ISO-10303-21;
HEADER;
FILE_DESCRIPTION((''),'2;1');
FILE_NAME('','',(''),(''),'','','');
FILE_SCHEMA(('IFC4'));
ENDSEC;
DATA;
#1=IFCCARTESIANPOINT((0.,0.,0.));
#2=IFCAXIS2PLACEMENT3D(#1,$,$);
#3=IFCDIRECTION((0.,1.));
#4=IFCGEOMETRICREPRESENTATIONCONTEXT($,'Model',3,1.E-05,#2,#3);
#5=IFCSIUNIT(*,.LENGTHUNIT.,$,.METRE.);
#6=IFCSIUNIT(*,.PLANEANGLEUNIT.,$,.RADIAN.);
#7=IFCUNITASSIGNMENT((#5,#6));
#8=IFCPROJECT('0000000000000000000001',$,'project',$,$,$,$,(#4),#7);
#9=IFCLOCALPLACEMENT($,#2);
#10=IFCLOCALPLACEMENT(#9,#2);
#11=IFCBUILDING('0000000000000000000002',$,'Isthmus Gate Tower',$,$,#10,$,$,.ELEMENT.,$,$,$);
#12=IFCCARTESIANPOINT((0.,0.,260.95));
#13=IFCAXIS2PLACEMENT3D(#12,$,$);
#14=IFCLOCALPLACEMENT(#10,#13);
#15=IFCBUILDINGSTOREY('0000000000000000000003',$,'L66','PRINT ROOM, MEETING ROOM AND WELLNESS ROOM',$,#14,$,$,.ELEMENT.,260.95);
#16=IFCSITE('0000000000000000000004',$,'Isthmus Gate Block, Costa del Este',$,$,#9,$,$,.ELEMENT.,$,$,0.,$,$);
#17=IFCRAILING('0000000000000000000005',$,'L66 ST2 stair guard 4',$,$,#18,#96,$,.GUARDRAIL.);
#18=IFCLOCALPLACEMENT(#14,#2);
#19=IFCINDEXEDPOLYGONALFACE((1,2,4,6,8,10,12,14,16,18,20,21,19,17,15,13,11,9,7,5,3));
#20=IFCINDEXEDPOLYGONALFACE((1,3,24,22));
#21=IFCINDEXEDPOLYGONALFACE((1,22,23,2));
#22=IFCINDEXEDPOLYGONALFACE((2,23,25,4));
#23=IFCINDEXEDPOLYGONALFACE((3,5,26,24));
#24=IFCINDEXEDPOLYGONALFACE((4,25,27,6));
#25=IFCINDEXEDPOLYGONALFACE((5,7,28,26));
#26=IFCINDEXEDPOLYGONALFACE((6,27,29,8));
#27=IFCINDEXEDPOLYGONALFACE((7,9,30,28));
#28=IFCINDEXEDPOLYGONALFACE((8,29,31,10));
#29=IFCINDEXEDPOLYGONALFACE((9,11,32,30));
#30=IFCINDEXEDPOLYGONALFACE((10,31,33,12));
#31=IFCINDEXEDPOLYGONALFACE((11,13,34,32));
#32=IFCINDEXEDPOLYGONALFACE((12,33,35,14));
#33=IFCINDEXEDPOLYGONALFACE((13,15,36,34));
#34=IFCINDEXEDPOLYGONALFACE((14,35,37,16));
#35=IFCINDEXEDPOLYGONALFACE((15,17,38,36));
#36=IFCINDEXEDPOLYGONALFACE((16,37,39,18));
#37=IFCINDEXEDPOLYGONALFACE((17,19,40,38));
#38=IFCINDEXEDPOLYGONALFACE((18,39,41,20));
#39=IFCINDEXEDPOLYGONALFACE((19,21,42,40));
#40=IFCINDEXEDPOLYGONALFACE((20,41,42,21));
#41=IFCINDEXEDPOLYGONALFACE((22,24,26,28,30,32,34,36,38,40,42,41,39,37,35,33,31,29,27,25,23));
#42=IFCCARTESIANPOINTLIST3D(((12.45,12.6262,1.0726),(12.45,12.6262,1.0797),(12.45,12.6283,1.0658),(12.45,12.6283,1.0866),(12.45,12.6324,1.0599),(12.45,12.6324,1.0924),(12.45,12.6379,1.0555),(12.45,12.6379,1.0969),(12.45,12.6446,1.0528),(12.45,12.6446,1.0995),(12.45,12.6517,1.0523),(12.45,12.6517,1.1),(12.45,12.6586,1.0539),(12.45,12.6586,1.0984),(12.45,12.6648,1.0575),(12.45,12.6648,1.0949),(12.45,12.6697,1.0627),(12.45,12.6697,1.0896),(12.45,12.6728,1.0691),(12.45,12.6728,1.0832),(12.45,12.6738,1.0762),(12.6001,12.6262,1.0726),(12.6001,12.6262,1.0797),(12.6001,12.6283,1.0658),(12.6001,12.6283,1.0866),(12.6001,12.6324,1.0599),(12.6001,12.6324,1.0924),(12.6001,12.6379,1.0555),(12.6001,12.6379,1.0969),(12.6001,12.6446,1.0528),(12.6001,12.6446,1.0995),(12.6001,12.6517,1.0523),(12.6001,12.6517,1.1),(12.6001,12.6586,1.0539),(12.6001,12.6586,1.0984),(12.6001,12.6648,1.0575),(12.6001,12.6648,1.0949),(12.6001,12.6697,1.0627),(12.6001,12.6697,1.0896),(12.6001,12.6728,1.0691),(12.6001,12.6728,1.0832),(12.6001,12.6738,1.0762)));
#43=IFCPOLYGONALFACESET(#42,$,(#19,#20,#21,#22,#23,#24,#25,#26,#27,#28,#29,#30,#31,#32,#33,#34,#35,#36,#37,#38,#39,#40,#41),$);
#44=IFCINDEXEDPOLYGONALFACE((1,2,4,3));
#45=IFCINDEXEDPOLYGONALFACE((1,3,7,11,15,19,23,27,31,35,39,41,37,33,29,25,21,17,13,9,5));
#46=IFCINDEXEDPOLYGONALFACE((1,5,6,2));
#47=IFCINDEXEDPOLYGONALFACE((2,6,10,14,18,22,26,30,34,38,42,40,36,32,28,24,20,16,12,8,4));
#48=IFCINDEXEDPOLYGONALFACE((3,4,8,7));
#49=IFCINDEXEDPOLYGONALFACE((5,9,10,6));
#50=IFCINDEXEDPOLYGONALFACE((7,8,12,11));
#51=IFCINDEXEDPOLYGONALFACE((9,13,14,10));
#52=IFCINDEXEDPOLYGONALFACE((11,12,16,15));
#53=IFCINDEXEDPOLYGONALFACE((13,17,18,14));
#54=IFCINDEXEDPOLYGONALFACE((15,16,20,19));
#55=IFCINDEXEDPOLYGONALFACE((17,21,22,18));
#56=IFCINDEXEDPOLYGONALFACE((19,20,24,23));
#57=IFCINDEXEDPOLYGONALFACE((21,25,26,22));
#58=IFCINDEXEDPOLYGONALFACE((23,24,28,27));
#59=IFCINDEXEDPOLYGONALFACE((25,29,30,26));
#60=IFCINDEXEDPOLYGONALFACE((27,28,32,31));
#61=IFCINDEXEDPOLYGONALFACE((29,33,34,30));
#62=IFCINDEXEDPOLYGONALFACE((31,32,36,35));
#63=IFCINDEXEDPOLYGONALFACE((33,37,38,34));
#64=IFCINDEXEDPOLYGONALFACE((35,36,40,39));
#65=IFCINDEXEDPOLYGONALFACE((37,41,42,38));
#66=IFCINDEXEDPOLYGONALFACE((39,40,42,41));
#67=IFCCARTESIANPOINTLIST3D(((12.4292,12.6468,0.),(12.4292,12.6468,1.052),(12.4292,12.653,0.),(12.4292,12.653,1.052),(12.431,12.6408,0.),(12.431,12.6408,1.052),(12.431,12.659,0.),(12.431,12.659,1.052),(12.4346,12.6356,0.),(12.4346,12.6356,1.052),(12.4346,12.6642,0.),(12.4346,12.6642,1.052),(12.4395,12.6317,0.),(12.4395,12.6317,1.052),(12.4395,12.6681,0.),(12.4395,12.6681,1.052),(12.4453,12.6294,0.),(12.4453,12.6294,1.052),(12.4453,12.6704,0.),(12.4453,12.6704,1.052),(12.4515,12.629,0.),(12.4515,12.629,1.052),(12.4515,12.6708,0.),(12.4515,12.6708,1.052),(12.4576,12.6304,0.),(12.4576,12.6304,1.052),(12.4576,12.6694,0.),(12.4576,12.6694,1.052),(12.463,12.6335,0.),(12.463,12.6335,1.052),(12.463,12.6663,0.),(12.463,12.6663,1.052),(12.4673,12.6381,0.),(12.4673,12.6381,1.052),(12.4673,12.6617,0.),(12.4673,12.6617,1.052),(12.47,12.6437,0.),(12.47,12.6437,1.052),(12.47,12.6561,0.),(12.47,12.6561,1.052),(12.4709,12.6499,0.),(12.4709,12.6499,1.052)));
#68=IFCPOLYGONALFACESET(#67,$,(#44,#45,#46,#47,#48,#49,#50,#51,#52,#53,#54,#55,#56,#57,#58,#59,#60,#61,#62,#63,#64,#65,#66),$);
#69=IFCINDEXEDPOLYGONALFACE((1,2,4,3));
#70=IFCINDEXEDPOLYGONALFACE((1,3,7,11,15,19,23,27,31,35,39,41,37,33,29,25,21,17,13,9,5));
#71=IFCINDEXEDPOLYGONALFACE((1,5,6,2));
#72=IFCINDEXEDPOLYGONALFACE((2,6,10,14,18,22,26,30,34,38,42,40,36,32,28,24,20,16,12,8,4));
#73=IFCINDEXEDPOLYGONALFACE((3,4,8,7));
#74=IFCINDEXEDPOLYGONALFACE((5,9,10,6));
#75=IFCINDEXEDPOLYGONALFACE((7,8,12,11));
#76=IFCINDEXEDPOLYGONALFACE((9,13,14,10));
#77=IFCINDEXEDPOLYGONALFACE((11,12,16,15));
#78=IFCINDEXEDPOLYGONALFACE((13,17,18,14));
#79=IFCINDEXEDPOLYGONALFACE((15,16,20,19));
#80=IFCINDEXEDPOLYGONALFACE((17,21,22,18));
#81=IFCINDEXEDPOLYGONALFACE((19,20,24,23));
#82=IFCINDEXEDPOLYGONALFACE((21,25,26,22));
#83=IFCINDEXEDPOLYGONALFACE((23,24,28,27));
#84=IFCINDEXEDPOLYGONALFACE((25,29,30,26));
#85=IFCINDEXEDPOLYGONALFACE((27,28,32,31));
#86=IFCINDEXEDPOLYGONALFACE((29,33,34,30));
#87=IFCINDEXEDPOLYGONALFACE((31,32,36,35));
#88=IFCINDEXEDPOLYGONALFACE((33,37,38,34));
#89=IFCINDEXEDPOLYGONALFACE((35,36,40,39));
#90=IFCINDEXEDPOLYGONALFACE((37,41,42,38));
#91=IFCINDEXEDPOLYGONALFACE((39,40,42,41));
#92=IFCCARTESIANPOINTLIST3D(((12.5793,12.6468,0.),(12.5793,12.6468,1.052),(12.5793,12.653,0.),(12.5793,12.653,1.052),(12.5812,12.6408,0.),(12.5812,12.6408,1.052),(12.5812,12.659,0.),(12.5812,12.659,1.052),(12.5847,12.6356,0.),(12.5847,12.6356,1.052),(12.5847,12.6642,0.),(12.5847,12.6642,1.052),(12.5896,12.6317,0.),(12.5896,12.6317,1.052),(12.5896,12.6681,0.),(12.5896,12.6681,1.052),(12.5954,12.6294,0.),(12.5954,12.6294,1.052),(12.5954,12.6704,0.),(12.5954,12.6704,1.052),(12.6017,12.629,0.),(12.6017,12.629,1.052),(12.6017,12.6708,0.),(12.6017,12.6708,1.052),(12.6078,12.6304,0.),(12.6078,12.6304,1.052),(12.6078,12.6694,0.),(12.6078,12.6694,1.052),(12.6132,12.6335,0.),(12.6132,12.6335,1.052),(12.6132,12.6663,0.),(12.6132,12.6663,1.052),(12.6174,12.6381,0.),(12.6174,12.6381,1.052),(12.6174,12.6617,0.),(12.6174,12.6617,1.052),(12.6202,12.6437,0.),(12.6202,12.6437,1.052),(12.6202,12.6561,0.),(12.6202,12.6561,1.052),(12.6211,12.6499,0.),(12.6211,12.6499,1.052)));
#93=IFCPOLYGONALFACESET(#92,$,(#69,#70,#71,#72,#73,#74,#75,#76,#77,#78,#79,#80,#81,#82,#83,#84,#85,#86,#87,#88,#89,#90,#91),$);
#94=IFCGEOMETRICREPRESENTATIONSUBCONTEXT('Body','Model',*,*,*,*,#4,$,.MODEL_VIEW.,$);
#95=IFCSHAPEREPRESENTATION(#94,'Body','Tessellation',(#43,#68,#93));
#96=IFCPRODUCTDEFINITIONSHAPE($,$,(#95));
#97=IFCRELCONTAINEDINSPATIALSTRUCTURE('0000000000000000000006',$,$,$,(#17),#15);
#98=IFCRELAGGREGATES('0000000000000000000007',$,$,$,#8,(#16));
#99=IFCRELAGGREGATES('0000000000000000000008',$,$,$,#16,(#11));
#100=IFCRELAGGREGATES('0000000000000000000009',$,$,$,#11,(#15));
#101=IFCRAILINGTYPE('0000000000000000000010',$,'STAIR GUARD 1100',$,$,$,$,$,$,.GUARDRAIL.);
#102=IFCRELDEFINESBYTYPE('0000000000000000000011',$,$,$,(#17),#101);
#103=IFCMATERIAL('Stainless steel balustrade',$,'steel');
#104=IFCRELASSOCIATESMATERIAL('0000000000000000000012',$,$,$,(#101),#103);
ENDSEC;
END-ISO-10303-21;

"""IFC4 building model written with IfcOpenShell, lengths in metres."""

from ifc_helpers import new_model, si_unit, direction, frame, origin, origin_2d, place, context, subcontext, project, spatial, circle, extrude, material, type_object, element, save


model = new_model("IFC4")

# Units and contexts
model_context = context("Model", 3, precision=1e-05, world=origin(), true_north=direction((0.0, 1.0)))
body_context = subcontext(model_context, "Body", "Model", "MODEL_VIEW")
ifc_project = project(units=[si_unit("LENGTHUNIT", "METRE"), si_unit("PLANEANGLEUNIT", "RADIAN")], contexts=[model_context])

# Site, building, storey
site_placement = place(None, origin())
site = spatial("IfcSite", under=ifc_project, at=site_placement, Name="Isthmus Gate Block, Costa del Este", CompositionType="ELEMENT", RefElevation=0.0)
building_placement = place(site_placement, origin())
building = spatial("IfcBuilding", under=site, at=building_placement, Name="Isthmus Gate Tower", CompositionType="ELEMENT")
storey_placement = place(building_placement, frame((0.0, 0.0, 260.95)))
storey = spatial("IfcBuildingStorey", under=building, at=storey_placement, Name="L66", Description="PRINT ROOM, MEETING ROOM AND WELLNESS ROOM", CompositionType="ELEMENT", Elevation=260.95)

# Railing
ifc_material_1 = material(Name="Stainless steel balustrade", Category="steel")
railing_type_1 = type_object("IfcRailingType", Name="STAIR GUARD 1100", PredefinedType="GUARDRAIL", material=ifc_material_1)
railing_1_placement = place(storey_placement, frame((12.45, 12.6499, 0.0)))
element("IfcRailing", 1, at=railing_1_placement, inside=storey, type_object=railing_type_1, Name="L66 ST2 stair guard 4", PredefinedType="GUARDRAIL", context=body_context, shape_type="SweptSolid", body=[
    extrude(circle(Radius=0.0239, at=origin_2d()), frame((0.0, 0.0, 1.0762), z_axis=(1.0, 0.0, 0.0), x_axis=(0.0, 1.0, 0.0)), (0.0, 0.0, 1.0), 0.1501),
    extrude(circle(Radius=0.021, at=origin_2d()), origin(), (0.0, 0.0, 1.0), 1.052),
    extrude(circle(Radius=0.021, at=origin_2d()), frame((0.1501, 0.0, 0.0)), (0.0, 0.0, 1.0), 1.052),
])

save(model, "model.ifc")
